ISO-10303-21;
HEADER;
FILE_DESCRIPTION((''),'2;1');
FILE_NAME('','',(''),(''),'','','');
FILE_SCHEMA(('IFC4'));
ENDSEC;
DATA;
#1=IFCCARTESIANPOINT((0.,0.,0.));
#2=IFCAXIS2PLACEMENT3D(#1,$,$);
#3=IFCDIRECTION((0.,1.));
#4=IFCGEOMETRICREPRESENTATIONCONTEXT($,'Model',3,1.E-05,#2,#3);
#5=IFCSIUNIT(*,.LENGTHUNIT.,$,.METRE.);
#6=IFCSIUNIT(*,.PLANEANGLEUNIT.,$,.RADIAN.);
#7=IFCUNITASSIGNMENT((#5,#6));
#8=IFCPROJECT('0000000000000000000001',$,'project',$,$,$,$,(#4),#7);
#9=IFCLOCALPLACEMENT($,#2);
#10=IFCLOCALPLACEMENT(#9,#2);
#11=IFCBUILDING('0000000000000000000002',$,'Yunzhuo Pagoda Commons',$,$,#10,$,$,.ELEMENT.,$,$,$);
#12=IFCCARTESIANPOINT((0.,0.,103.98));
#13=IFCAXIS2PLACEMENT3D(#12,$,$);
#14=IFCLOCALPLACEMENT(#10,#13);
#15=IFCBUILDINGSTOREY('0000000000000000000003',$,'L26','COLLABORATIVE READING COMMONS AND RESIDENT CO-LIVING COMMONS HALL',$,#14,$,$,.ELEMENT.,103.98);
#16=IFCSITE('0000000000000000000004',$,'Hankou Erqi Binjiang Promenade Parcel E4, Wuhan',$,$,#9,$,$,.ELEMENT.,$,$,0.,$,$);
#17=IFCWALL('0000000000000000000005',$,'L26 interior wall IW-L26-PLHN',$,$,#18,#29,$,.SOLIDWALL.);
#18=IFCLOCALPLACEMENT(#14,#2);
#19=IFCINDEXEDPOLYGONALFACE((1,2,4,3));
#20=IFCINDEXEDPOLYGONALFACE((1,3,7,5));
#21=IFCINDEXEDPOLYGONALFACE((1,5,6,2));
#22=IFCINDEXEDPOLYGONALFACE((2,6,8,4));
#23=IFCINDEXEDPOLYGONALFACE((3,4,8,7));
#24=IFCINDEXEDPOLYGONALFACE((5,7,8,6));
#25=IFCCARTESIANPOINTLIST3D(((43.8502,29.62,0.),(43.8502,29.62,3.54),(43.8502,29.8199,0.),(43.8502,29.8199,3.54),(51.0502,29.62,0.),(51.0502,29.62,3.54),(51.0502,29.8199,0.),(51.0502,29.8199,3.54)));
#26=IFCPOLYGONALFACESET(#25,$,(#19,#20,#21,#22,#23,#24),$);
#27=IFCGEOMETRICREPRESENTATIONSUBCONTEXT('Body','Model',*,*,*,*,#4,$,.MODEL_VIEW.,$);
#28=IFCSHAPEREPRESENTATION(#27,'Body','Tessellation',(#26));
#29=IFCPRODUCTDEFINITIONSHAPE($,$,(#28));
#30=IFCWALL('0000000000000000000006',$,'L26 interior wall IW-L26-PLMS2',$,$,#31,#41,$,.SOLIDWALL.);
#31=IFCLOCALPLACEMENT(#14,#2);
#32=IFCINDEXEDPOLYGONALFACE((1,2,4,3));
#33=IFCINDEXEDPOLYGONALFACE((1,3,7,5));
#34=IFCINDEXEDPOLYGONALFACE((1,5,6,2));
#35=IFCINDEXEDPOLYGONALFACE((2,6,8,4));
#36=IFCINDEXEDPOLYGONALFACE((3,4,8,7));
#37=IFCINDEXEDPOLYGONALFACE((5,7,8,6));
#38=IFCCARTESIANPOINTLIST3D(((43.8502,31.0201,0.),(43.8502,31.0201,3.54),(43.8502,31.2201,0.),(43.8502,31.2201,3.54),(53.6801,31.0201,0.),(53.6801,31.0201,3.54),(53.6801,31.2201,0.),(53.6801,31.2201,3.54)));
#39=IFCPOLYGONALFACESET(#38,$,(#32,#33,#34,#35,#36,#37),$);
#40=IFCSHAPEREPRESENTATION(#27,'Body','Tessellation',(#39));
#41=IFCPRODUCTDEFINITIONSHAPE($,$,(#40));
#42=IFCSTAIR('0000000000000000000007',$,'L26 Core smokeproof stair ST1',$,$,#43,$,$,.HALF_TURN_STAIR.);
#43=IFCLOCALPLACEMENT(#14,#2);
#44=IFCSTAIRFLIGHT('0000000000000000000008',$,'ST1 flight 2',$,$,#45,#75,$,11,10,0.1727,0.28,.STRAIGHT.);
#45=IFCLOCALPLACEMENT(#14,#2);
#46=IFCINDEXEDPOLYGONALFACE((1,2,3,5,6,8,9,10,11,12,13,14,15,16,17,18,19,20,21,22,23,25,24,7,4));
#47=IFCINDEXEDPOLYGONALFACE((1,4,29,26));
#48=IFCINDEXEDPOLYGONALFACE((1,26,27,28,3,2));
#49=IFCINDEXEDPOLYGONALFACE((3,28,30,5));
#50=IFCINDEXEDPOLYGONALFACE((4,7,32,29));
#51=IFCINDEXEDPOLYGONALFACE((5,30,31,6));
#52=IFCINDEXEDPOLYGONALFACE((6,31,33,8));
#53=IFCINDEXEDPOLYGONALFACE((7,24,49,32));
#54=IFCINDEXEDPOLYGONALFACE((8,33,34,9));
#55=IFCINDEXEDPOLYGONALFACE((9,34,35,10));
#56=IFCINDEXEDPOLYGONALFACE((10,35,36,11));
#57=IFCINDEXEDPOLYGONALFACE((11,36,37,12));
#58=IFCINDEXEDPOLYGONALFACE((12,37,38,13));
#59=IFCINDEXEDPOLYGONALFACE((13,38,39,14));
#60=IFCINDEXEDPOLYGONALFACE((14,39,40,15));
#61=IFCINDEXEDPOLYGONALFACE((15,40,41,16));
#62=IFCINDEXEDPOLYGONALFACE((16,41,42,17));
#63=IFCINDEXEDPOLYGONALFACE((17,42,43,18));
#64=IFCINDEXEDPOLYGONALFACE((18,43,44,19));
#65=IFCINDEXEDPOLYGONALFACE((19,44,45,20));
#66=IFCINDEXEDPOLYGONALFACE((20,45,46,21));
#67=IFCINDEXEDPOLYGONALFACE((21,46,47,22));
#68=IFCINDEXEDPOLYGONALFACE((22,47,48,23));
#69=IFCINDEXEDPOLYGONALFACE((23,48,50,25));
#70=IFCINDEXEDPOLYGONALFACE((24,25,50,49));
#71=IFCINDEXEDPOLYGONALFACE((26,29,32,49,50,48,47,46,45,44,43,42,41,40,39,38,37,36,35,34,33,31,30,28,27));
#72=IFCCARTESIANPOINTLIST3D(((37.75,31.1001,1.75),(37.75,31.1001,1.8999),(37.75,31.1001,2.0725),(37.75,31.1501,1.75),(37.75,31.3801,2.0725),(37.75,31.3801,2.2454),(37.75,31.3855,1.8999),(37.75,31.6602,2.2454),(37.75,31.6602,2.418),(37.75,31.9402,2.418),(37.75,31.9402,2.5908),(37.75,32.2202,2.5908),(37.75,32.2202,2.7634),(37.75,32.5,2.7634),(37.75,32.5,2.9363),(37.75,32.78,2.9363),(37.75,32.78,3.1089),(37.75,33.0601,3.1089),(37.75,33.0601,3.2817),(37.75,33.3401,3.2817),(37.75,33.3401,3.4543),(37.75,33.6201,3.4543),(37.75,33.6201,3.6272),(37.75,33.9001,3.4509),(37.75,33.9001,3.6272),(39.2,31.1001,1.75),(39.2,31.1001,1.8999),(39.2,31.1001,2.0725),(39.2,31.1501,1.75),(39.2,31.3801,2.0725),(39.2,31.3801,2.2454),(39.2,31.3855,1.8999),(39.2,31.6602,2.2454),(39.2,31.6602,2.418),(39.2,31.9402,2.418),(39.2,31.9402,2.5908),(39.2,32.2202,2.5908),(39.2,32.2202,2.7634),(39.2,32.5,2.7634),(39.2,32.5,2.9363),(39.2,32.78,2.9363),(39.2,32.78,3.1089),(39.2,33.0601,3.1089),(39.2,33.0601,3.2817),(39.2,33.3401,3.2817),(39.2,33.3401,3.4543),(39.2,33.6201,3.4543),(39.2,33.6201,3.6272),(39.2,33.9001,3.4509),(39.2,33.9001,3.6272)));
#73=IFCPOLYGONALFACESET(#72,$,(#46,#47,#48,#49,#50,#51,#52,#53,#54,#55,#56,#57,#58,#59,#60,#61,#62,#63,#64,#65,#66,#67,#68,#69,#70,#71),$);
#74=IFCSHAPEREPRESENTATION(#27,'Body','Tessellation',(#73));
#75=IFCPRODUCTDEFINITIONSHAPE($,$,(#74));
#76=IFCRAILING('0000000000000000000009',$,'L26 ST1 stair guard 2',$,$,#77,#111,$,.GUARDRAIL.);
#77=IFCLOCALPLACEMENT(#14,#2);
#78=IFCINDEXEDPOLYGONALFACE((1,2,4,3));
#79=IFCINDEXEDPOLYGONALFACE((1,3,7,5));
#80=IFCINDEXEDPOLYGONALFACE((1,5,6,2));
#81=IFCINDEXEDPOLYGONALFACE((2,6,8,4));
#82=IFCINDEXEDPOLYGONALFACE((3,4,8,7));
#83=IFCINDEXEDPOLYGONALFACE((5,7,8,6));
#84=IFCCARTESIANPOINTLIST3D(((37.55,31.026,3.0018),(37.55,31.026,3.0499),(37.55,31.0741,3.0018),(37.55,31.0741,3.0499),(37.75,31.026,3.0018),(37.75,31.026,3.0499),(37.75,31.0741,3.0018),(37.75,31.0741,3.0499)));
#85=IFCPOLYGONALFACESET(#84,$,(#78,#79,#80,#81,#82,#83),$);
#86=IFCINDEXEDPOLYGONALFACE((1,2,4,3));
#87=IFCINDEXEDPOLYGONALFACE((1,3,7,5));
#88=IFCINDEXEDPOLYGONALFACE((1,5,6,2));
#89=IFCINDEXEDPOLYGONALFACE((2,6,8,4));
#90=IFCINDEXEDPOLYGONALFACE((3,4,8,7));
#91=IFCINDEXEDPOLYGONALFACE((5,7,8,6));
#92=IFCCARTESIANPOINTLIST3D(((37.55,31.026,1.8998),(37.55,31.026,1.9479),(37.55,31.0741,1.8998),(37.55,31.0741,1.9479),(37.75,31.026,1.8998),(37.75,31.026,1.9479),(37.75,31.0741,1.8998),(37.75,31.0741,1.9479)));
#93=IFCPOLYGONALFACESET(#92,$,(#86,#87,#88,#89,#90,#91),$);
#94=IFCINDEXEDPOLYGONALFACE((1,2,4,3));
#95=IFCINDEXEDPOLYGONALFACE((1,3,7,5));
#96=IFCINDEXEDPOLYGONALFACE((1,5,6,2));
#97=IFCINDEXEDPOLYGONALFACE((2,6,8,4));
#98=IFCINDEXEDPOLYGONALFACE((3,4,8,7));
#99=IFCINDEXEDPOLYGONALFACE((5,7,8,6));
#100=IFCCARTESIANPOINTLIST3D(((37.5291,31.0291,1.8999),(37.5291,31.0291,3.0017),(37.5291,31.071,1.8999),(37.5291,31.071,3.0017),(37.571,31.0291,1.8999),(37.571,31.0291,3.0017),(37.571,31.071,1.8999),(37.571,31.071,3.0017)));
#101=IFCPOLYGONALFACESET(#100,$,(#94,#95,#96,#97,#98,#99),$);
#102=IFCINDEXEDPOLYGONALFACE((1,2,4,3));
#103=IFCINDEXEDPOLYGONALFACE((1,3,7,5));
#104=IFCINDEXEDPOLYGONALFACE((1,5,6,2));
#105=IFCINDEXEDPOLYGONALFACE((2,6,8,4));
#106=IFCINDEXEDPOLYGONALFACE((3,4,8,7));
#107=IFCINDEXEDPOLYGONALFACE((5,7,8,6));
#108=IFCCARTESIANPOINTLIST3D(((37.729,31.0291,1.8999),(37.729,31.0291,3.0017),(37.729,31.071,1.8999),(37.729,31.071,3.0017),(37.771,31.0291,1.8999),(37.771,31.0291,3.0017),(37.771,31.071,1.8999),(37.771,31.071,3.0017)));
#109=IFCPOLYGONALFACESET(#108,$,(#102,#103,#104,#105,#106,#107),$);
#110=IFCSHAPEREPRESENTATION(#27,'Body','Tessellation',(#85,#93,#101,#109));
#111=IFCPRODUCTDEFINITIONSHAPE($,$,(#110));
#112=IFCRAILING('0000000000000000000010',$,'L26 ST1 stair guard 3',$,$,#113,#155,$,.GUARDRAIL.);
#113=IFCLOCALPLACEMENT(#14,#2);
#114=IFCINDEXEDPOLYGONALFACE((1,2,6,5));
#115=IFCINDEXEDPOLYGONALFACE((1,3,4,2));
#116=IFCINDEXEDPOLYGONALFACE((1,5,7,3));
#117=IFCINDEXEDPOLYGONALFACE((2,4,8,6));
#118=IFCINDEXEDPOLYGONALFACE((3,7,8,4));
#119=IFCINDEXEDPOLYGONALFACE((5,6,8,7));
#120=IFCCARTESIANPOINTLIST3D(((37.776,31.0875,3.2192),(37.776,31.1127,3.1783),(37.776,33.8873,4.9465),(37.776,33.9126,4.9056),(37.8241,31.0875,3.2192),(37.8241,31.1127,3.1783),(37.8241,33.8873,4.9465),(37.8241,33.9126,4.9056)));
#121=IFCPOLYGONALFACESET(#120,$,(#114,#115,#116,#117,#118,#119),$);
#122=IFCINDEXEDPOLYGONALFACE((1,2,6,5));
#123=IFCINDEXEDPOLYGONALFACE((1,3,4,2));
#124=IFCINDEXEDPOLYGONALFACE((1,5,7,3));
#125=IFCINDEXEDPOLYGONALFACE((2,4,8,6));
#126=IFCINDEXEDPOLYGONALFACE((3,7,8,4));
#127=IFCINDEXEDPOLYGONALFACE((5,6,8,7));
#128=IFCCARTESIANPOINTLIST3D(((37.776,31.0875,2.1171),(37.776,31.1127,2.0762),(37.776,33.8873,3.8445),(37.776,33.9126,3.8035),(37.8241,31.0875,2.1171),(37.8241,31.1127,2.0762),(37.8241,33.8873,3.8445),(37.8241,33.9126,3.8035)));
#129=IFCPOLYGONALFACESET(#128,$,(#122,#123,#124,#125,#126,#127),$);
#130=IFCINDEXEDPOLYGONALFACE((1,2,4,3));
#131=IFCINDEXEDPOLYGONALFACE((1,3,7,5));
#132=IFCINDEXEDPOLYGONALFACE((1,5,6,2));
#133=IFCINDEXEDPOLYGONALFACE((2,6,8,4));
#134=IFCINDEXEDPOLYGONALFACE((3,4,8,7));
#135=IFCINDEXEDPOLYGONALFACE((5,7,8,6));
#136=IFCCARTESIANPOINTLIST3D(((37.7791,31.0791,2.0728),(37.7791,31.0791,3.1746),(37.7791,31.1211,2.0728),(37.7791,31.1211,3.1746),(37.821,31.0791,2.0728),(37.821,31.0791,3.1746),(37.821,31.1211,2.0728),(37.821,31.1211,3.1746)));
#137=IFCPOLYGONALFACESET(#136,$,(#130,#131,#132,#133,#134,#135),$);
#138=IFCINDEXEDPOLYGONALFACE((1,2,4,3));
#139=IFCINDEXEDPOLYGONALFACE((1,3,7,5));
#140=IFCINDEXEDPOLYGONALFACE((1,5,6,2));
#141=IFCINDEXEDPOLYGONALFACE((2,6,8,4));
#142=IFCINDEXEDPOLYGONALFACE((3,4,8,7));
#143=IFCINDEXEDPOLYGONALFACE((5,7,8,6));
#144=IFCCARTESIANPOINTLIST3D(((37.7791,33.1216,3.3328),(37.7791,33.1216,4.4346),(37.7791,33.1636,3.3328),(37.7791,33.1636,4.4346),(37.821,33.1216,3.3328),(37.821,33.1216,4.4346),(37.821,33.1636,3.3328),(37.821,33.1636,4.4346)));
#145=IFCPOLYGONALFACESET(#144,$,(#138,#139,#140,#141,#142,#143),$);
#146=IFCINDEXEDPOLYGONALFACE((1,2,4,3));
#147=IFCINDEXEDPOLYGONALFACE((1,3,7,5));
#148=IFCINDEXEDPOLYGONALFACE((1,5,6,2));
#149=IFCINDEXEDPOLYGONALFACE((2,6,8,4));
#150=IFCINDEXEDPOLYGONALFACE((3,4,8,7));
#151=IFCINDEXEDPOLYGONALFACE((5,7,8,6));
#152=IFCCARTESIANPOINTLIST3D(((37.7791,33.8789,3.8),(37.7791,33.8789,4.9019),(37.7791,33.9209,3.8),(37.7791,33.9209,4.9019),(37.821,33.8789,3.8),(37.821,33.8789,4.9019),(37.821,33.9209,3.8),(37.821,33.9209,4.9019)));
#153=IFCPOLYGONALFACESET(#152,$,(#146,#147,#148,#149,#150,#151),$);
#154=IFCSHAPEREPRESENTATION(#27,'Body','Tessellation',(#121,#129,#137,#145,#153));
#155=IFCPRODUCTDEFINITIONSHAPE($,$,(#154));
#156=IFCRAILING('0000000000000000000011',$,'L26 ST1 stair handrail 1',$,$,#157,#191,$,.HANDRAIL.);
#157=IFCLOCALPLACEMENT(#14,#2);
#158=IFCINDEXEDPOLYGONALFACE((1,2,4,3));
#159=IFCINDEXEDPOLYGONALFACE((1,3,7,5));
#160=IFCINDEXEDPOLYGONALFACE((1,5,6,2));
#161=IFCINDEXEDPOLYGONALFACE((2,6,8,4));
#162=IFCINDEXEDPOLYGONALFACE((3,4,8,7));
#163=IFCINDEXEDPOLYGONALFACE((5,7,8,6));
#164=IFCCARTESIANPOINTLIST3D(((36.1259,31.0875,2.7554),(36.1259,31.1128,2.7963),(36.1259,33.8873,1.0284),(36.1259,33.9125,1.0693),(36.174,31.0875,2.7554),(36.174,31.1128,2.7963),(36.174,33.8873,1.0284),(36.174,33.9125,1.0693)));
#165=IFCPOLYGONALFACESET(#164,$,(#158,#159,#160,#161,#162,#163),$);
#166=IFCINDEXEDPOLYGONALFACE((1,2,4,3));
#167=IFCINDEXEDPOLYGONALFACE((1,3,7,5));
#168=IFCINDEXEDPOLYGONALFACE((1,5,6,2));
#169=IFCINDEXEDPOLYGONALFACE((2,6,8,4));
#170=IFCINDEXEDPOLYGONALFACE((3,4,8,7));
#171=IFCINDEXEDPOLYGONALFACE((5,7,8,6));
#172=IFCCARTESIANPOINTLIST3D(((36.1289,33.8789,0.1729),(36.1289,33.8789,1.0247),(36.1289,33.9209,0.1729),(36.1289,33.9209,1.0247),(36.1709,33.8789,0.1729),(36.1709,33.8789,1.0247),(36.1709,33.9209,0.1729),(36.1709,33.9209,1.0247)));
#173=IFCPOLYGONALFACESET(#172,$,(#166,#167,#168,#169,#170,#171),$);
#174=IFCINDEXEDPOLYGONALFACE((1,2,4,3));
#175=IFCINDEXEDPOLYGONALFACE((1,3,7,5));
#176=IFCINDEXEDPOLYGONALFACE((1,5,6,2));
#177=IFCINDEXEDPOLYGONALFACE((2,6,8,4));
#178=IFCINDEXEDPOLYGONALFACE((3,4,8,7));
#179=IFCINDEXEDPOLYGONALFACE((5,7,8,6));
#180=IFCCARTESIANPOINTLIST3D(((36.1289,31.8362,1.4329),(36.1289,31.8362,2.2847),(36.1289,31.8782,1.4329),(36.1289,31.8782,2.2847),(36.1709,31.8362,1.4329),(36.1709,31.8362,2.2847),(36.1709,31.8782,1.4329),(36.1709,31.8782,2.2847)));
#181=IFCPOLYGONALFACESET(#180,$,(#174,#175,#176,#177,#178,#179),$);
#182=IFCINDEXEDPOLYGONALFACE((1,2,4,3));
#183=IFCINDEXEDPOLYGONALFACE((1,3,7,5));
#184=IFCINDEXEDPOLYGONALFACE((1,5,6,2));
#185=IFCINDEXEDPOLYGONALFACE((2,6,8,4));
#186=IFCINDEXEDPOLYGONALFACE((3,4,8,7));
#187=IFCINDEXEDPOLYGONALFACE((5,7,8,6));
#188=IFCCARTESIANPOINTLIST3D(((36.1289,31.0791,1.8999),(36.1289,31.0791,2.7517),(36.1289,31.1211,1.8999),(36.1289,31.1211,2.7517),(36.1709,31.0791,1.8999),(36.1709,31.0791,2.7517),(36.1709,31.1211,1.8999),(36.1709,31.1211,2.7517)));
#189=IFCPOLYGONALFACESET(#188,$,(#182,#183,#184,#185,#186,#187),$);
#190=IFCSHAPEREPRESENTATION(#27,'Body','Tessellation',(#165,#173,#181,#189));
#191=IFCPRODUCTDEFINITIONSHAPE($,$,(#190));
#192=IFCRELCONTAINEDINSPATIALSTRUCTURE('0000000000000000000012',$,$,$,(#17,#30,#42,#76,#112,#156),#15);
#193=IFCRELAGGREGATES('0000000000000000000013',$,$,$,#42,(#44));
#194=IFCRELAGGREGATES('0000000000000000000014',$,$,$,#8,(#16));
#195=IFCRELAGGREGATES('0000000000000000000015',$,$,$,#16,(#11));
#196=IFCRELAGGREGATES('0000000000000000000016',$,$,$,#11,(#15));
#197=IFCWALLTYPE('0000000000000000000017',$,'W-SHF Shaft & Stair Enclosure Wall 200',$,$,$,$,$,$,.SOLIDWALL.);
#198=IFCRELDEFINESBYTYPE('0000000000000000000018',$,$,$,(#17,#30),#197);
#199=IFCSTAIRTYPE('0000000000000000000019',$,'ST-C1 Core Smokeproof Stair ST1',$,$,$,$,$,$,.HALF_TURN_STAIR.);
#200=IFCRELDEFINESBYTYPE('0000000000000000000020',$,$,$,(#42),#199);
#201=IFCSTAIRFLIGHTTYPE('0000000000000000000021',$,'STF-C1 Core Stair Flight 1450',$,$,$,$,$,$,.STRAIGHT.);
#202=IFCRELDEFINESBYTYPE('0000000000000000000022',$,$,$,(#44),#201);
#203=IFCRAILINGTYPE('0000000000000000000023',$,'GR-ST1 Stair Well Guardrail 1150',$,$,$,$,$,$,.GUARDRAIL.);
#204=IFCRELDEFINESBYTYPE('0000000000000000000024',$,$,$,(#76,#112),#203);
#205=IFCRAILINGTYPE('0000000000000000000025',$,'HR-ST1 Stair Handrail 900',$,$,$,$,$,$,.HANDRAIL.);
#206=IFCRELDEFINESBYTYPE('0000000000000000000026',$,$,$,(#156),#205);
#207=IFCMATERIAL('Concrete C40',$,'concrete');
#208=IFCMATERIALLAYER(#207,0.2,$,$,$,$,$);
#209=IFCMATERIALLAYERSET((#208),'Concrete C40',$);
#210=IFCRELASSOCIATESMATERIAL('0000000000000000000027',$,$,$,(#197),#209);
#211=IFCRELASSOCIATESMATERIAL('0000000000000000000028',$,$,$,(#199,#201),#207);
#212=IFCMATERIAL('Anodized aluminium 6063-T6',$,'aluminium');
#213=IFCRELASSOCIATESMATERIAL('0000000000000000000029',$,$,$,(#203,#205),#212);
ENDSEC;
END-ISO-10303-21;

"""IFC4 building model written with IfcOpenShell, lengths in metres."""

from ifc_helpers import new_model, si_unit, direction, frame, frame_2d, origin, origin_2d, place, context, subcontext, project, spatial, polyline, rectangle, outline, extrude, source, transform, mapped, material, layer, layer_set, type_object, element, aggregate, save


model = new_model("IFC4")

# Units and contexts
model_context = context("Model", 3, precision=1e-05, world=origin(), true_north=direction((0.0, 1.0)))
body_context = subcontext(model_context, "Body", "Model", "MODEL_VIEW")
ifc_project = project(units=[si_unit("LENGTHUNIT", "METRE"), si_unit("PLANEANGLEUNIT", "RADIAN")], contexts=[model_context])

# Site, building, storey
site_placement = place(None, origin())
site = spatial("IfcSite", under=ifc_project, at=site_placement, Name="Hankou Erqi Binjiang Promenade Parcel E4, Wuhan", CompositionType="ELEMENT", RefElevation=0.0)
building_placement = place(site_placement, origin())
building = spatial("IfcBuilding", under=site, at=building_placement, Name="Yunzhuo Pagoda Commons", CompositionType="ELEMENT")
storey_placement = place(building_placement, frame((0.0, 0.0, 103.98)))
storey = spatial("IfcBuildingStorey", under=building, at=storey_placement, Name="L26", Description="COLLABORATIVE READING COMMONS AND RESIDENT CO-LIVING COMMONS HALL", CompositionType="ELEMENT", Elevation=103.98)

# Shared definitions
ifc_material_1 = material(Name="Concrete C40", Category="concrete")
ifc_layer_1 = layer(ifc_material_1, 0.2)
ifc_layer_set_1 = layer_set([ifc_layer_1], Name="Concrete C40")
wall_type_1 = type_object("IfcWallType", Name="W-SHF Shaft & Stair Enclosure Wall 200", PredefinedType="SOLIDWALL", material=ifc_layer_set_1)

# Walls
wall_1_placement = place(storey_placement, frame((43.8501, 29.72, 0.0), z_axis=(0.0, 0.0, 1.0), x_axis=(1.0, 0.0, 0.0)))
element("IfcWall", 1, at=wall_1_placement, inside=storey, type_object=wall_type_1, Name="L26 interior wall IW-L26-PLHN", PredefinedType="SOLIDWALL", context=body_context, shape_type="SweptSolid", body=[
    extrude(rectangle(XDim=7.2, YDim=0.2, at=frame_2d((3.6001, 0.0))), origin(), (0.0, 0.0, 1.0), 3.54),
])
wall_2_placement = place(storey_placement, frame((43.8501, 31.1201, 0.0), z_axis=(0.0, 0.0, 1.0), x_axis=(1.0, 0.0, 0.0)))
element("IfcWall", 2, at=wall_2_placement, inside=storey, type_object=wall_type_1, Name="L26 interior wall IW-L26-PLMS2", PredefinedType="SOLIDWALL", context=body_context, shape_type="SweptSolid", body=[
    extrude(rectangle(XDim=9.8298, YDim=0.2, at=frame_2d((4.915, 0.0))), origin(), (0.0, 0.0, 1.0), 3.54),
])

# Stair, stair flight
stair_type = type_object("IfcStairType", Name="ST-C1 Core Smokeproof Stair ST1", PredefinedType="HALF_TURN_STAIR", material=ifc_material_1)
stair_placement = place(storey_placement, origin())
stair = element("IfcStair", 3, at=stair_placement, inside=storey, type_object=stair_type, Name="L26 Core smokeproof stair ST1", PredefinedType="HALF_TURN_STAIR")
stair_flight_type = type_object("IfcStairFlightType", Name="STF-C1 Core Stair Flight 1450", PredefinedType="STRAIGHT", material=ifc_material_1)
shared_shape_1 = source(origin(), body_context, "Body", "SweptSolid", [
    extrude(outline(polyline([(0.0, -0.1499), (0.0, 0.0), (0.0, 0.1726), (0.28, 0.1726), (0.28, 0.3455), (0.5601, 0.3455), (0.5601, 0.5181), (0.8401, 0.5181), (0.8401, 0.6909), (1.1201, 0.6909), (1.1201, 0.8635), (1.3999, 0.8635), (1.3999, 1.0364), (1.6799, 1.0364), (1.6799, 1.209), (1.96, 1.209), (1.96, 1.3818), (2.24, 1.3818), (2.24, 1.5544), (2.52, 1.5544), (2.52, 1.7273), (2.8, 1.7273), (2.8, 1.8999), (2.8, 1.551), (0.2854, 0.0), (0.05, -0.1499), (0.0, -0.1499)])), frame((0.0, 0.7251, 0.0), z_axis=(0.0, -1.0, 0.0), x_axis=(1.0, 0.0, 0.0)), (0.0, 0.0, 1.0), 1.45),
])
stair_flight_placement = place(storey_placement, frame((38.4751, 31.1001, 1.8999), z_axis=(0.0, 0.0, 1.0), x_axis=(0.0, 1.0, 0.0)))
stair_flight = element("IfcStairFlight", 4, at=stair_flight_placement, type_object=stair_flight_type, Name="ST1 flight 2", NumberOfRisers=11, NumberOfTreads=10, PredefinedType="STRAIGHT", RiserHeight=0.1727, TreadLength=0.28, context=body_context, shape_type="MappedRepresentation", body=[
    mapped(shared_shape_1, transform((0.0, 0.0, 0.0), scale=1.0)),
])
aggregate(stair, [stair_flight])

# Railings
ifc_material_2 = material(Name="Anodized aluminium 6063-T6", Category="aluminium")
railing_type_1 = type_object("IfcRailingType", Name="GR-ST1 Stair Well Guardrail 1150", PredefinedType="GUARDRAIL", material=ifc_material_2)
railing_1_placement = place(storey_placement, frame((37.55, 31.05, 1.8999)))
element("IfcRailing", 5, at=railing_1_placement, inside=storey, type_object=railing_type_1, Name="L26 ST1 stair guard 2", PredefinedType="GUARDRAIL", context=body_context, shape_type="SweptSolid", body=[
    extrude(rectangle(XDim=0.0481, YDim=0.0481, at=origin_2d()), frame((0.0, 0.0, 1.126), z_axis=(1.0, 0.0, 0.0), x_axis=(0.0, 1.0, 0.0)), (0.0, 0.0, 1.0), 0.2),
    extrude(rectangle(XDim=0.0481, YDim=0.0481, at=origin_2d()), frame((0.0, 0.0, 0.0239), z_axis=(1.0, 0.0, 0.0), x_axis=(0.0, 1.0, 0.0)), (0.0, 0.0, 1.0), 0.2),
    extrude(rectangle(XDim=0.042, YDim=0.042, at=origin_2d()), origin(), (0.0, 0.0, 1.0), 1.1018),
    extrude(rectangle(XDim=0.042, YDim=0.042, at=origin_2d()), frame((0.2, 0.0, 0.0)), (0.0, 0.0, 1.0), 1.1018),
])
railing_2_placement = place(storey_placement, frame((37.8, 31.1001, 2.0728)))
element("IfcRailing", 6, at=railing_2_placement, inside=storey, type_object=railing_type_1, Name="L26 ST1 stair guard 3", PredefinedType="GUARDRAIL", context=body_context, shape_type="SweptSolid", body=[
    extrude(rectangle(XDim=0.0481, YDim=0.0481, at=origin_2d()), frame((0.0, 0.0, 1.126), z_axis=(0.0, 0.851069, 0.525054), x_axis=(-1.0, 0.0, 0.0)), (0.0, 0.0, 1.0), 3.2898),
    extrude(rectangle(XDim=0.0481, YDim=0.0481, at=origin_2d()), frame((0.0, 0.0, 0.0239), z_axis=(0.0, 0.851069, 0.525054), x_axis=(-1.0, 0.0, 0.0)), (0.0, 0.0, 1.0), 3.2898),
    extrude(rectangle(XDim=0.042, YDim=0.042, at=origin_2d()), origin(), (0.0, 0.0, 1.0), 1.1018),
    extrude(rectangle(XDim=0.042, YDim=0.042, at=origin_2d()), frame((0.0, 2.0425, 1.26)), (0.0, 0.0, 1.0), 1.1018),
    extrude(rectangle(XDim=0.042, YDim=0.042, at=origin_2d()), frame((0.0, 2.7998, 1.7273)), (0.0, 0.0, 1.0), 1.1018),
])
railing_type_2 = type_object("IfcRailingType", Name="HR-ST1 Stair Handrail 900", PredefinedType="HANDRAIL", material=ifc_material_2)
railing_3_placement = place(storey_placement, frame((36.1499, 33.8999, 0.1729)))
element("IfcRailing", 7, at=railing_3_placement, inside=storey, type_object=railing_type_2, Name="L26 ST1 stair handrail 1", PredefinedType="HANDRAIL", context=body_context, shape_type="SweptSolid", body=[
    extrude(rectangle(XDim=0.0481, YDim=0.0481, at=origin_2d()), frame((0.0, 0.0, 0.876), z_axis=(0.0, -0.851102, 0.525), x_axis=(1.0, 0.0, 0.0)), (0.0, 0.0, 1.0), 3.2896),
    extrude(rectangle(XDim=0.042, YDim=0.042, at=origin_2d()), origin(), (0.0, 0.0, 1.0), 0.8518),
    extrude(rectangle(XDim=0.042, YDim=0.042, at=origin_2d()), frame((0.0, -2.0427, 1.26)), (0.0, 0.0, 1.0), 0.8518),
    extrude(rectangle(XDim=0.042, YDim=0.042, at=origin_2d()), frame((0.0, -2.7998, 1.7271)), (0.0, 0.0, 1.0), 0.8518),
])

save(model, "model.ifc")
